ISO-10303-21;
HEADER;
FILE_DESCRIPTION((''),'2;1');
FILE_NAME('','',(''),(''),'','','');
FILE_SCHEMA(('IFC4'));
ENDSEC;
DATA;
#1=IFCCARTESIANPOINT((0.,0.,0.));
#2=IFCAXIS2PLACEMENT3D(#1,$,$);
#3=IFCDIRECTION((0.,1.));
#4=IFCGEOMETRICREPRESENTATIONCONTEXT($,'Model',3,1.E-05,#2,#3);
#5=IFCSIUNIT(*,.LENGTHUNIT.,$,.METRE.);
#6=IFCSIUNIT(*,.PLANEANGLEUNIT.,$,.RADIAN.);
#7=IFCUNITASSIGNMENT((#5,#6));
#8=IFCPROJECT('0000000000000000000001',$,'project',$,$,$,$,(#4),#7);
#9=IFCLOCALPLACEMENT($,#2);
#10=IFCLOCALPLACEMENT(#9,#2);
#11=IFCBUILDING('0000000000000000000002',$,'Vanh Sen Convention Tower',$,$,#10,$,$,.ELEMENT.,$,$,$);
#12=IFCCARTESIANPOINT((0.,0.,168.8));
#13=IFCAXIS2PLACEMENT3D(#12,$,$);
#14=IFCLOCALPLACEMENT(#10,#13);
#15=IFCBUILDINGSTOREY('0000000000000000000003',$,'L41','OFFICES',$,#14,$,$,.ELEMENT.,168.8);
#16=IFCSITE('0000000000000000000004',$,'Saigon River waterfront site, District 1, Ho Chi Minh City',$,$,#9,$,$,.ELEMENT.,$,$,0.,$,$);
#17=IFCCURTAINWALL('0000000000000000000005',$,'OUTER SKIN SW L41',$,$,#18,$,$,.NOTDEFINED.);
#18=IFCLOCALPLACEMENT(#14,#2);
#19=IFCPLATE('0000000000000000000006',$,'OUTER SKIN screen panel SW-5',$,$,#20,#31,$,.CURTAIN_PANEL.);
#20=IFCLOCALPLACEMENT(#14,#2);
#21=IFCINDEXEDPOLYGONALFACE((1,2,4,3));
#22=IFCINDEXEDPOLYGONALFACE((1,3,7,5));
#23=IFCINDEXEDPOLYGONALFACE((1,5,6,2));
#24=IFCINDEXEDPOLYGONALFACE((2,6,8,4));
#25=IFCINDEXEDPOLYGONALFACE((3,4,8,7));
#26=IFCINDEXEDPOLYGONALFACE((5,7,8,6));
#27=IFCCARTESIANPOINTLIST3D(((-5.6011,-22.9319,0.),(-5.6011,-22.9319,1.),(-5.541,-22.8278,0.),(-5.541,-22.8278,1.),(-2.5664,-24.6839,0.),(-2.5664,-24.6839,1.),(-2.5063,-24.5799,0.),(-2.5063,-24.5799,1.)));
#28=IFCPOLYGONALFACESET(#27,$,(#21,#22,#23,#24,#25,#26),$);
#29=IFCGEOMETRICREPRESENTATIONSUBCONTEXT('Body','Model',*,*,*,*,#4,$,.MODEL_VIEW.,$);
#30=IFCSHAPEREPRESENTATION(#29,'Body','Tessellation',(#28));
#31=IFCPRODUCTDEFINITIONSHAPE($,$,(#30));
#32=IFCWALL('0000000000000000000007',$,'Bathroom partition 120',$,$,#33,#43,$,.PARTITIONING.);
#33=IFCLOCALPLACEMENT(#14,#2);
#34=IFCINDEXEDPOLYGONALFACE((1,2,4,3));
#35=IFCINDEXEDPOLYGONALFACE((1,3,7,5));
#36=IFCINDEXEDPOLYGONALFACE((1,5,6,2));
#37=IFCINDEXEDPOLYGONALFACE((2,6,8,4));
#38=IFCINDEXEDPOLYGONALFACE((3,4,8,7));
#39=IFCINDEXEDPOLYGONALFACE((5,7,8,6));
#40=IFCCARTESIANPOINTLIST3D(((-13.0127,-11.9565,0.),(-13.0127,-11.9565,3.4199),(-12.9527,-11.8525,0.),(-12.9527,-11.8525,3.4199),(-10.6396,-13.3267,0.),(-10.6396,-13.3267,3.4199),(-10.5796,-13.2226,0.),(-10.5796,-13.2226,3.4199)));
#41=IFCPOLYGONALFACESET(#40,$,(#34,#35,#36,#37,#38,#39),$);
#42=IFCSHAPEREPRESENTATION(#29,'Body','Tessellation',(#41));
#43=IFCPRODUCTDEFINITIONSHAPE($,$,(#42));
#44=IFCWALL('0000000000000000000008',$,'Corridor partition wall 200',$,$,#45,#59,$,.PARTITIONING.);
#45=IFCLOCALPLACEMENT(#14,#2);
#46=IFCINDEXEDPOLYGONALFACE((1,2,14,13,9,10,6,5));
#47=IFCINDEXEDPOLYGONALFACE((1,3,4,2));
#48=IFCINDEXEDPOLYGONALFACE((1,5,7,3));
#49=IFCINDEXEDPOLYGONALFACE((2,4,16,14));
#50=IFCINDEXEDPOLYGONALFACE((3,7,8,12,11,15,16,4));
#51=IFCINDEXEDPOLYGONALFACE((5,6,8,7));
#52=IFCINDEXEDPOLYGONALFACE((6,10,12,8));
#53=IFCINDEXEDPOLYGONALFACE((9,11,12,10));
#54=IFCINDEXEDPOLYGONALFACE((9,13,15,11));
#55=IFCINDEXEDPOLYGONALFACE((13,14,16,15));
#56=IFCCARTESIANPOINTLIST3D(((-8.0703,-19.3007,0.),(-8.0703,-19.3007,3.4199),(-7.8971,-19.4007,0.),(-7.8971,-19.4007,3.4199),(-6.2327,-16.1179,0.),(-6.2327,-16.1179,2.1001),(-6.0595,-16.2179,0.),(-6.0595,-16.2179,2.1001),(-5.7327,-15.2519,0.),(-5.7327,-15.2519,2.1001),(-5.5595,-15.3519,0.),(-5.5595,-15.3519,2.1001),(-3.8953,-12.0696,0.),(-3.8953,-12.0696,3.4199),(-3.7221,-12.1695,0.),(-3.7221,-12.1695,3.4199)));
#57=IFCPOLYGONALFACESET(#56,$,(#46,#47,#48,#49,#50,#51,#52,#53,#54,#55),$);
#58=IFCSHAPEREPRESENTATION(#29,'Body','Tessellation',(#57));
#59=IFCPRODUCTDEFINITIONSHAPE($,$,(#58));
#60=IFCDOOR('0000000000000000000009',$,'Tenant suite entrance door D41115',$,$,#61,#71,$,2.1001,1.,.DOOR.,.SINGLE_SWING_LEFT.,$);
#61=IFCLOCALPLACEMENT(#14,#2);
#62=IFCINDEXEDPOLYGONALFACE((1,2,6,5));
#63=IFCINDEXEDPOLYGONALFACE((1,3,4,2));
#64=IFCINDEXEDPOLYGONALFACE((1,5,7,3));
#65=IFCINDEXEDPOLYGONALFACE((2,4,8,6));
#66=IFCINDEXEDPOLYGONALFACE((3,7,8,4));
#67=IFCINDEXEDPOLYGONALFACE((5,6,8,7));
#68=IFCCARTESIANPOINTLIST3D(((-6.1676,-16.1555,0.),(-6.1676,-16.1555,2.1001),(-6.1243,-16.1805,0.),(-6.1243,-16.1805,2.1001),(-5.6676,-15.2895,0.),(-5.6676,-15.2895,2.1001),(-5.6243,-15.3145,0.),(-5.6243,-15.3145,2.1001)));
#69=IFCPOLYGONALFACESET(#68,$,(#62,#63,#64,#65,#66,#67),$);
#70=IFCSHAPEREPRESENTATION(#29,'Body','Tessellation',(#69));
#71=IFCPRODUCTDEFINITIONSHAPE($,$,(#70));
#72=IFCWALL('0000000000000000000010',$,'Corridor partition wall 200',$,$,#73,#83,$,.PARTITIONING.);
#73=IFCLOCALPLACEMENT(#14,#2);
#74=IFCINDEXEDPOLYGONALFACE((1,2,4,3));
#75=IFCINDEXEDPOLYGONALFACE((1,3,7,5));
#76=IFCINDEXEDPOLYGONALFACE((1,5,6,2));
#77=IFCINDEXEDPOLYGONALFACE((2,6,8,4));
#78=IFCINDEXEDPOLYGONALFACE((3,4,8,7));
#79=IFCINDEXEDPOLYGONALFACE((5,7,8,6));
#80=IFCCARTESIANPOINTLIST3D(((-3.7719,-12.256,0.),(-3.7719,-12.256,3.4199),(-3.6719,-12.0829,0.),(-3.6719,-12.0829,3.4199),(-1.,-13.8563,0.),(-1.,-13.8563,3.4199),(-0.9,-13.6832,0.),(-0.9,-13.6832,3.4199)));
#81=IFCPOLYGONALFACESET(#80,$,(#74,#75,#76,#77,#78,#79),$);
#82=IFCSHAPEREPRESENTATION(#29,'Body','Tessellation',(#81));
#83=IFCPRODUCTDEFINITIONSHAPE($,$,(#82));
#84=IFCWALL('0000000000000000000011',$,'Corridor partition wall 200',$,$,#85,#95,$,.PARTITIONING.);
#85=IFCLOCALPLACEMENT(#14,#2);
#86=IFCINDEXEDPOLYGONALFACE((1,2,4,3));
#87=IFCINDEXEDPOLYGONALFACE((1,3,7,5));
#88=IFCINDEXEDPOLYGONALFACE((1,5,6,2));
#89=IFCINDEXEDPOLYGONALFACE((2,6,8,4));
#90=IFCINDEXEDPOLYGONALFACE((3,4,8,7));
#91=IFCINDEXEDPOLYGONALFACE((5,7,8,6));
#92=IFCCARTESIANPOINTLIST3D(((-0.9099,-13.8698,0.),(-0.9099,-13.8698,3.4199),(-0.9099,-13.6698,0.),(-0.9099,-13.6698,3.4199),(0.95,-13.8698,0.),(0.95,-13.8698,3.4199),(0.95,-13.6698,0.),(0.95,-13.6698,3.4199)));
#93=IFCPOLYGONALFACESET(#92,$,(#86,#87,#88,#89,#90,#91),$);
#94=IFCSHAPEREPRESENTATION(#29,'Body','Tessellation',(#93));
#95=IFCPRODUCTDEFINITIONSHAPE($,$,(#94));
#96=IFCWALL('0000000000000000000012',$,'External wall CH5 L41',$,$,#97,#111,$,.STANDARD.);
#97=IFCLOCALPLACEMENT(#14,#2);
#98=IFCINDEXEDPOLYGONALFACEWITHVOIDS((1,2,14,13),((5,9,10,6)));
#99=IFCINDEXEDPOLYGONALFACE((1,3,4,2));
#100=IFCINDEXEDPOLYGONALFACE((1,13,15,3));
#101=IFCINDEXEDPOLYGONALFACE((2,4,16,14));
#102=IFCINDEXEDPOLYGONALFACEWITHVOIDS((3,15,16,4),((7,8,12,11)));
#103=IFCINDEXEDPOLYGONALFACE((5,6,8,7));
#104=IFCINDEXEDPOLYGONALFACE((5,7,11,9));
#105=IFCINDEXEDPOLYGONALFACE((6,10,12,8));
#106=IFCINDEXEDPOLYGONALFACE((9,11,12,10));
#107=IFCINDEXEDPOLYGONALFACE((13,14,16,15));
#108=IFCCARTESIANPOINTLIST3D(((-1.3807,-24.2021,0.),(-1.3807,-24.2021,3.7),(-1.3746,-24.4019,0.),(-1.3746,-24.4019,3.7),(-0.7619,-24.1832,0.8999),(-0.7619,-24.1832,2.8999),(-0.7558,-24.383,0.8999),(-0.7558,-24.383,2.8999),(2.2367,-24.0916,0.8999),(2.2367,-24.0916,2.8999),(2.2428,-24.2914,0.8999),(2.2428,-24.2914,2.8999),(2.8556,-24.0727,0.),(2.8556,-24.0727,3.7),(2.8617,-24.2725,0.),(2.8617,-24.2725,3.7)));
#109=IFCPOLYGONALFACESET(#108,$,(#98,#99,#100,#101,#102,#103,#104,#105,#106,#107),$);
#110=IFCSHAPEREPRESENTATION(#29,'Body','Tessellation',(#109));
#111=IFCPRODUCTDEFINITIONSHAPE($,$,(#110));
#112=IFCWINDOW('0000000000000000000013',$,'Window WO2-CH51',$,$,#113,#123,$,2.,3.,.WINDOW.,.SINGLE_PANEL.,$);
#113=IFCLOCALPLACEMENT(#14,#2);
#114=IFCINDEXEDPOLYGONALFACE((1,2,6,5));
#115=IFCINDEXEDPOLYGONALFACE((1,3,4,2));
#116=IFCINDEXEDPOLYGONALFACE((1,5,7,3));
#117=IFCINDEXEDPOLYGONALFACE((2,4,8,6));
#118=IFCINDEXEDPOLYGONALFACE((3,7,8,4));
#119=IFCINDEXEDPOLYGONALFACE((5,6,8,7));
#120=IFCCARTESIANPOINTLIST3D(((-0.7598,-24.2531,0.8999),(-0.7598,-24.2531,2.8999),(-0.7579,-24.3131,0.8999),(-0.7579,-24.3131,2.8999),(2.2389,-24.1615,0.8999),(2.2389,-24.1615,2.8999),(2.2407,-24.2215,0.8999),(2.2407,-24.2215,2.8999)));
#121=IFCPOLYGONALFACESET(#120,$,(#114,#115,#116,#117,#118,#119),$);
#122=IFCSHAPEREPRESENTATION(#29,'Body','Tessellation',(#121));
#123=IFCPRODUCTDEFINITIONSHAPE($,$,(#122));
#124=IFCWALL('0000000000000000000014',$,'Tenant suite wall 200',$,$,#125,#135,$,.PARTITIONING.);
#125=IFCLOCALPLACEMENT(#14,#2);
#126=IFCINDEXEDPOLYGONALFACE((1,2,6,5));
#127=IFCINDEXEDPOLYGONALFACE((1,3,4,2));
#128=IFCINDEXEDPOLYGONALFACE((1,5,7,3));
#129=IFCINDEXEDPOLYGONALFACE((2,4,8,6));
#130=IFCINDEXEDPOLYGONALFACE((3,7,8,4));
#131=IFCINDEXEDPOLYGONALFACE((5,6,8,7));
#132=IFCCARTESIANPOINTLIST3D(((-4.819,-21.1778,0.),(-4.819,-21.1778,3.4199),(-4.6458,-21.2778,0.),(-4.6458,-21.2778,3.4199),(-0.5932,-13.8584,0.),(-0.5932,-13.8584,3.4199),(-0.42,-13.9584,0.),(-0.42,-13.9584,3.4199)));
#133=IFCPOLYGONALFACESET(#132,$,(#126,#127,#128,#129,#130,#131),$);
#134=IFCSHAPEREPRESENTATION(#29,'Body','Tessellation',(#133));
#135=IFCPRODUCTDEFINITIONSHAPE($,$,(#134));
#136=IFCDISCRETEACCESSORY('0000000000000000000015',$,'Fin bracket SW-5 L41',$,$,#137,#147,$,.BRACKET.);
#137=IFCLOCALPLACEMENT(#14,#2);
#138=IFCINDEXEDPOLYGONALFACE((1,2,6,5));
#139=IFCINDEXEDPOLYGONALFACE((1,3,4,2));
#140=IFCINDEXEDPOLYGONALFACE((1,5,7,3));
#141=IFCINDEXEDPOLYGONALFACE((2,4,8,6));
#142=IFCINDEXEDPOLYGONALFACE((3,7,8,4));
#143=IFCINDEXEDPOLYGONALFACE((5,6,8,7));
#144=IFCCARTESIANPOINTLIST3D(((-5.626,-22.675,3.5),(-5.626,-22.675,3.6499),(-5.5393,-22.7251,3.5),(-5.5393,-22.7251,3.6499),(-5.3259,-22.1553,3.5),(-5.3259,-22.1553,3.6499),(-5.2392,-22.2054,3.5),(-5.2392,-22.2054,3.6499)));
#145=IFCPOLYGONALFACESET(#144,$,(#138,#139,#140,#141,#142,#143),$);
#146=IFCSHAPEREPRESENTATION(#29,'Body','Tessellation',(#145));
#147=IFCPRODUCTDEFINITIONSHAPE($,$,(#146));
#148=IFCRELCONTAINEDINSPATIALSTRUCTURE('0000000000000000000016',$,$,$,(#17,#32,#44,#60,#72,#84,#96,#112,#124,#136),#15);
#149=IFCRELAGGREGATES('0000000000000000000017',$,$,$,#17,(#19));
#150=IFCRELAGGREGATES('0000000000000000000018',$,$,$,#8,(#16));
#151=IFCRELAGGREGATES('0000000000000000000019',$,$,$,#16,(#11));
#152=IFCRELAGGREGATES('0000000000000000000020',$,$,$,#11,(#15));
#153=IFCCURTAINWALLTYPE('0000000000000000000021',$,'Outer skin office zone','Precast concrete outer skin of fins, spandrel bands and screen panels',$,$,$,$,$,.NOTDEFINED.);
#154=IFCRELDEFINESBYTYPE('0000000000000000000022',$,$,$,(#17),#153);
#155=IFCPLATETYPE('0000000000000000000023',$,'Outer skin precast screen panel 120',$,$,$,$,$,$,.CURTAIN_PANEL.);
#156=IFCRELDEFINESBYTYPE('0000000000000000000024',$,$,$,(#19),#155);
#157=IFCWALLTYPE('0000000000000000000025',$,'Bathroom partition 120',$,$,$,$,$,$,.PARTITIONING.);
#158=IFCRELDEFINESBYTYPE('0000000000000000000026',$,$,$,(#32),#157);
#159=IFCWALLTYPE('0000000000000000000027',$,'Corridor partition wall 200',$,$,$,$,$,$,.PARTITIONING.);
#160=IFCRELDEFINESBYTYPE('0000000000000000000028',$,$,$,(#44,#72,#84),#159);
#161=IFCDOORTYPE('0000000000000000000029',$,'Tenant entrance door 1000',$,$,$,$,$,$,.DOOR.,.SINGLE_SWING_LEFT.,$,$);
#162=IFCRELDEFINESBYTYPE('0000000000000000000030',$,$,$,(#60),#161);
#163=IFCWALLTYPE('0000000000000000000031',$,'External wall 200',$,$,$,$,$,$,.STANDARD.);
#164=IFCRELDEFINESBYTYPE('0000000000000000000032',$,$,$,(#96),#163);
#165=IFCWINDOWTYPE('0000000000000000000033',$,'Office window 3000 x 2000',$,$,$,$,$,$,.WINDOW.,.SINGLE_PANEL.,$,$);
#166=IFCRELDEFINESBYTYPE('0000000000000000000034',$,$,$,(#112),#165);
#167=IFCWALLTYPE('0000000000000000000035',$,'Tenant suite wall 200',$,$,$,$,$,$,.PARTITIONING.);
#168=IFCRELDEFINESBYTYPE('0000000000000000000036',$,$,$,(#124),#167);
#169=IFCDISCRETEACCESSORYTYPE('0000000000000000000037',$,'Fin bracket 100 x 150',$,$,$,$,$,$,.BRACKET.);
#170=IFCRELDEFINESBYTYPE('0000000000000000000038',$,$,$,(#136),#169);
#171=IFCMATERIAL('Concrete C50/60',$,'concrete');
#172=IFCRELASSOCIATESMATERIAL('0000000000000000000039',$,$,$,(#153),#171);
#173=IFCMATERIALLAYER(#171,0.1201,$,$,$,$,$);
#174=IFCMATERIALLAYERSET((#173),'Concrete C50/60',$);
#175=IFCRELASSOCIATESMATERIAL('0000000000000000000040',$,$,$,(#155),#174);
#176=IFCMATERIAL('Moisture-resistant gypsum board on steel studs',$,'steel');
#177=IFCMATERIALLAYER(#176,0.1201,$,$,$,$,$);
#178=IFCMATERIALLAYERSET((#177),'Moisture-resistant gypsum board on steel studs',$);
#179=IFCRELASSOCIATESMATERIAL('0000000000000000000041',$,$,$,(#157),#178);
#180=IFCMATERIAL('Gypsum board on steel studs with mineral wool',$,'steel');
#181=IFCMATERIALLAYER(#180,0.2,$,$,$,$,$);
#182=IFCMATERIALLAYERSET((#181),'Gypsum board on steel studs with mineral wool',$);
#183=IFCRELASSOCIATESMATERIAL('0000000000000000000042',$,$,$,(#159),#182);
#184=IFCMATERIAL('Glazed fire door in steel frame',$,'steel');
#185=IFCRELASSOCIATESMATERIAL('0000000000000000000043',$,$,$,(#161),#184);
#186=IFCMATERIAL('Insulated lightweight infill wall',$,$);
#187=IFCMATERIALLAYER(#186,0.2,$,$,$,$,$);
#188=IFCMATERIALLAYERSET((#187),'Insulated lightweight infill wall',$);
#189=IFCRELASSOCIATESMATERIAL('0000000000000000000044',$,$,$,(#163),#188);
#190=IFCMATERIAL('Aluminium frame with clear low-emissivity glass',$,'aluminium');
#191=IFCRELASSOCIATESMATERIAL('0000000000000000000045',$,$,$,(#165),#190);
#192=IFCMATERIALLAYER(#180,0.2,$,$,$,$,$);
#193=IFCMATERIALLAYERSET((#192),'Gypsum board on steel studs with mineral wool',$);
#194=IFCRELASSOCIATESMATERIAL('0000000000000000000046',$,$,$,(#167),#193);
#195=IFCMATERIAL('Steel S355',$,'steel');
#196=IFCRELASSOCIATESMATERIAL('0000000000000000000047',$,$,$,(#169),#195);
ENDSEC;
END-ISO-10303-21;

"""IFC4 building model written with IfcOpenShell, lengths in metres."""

from ifc_helpers import new_model, si_unit, direction, frame, frame_2d, origin, origin_2d, place, context, subcontext, project, spatial, rectangle, extrude, material, layer, layer_set, type_object, element, fill, aggregate, save


model = new_model("IFC4")

# Units and contexts
model_context = context("Model", 3, precision=1e-05, world=origin(), true_north=direction((0.0, 1.0)))
body_context = subcontext(model_context, "Body", "Model", "MODEL_VIEW")
ifc_project = project(units=[si_unit("LENGTHUNIT", "METRE"), si_unit("PLANEANGLEUNIT", "RADIAN")], contexts=[model_context])

# Site, building, storey
site_placement = place(None, origin())
site = spatial("IfcSite", under=ifc_project, at=site_placement, Name="Saigon River waterfront site, District 1, Ho Chi Minh City", CompositionType="ELEMENT", RefElevation=0.0)
building_placement = place(site_placement, origin())
building = spatial("IfcBuilding", under=site, at=building_placement, Name="Vanh Sen Convention Tower", CompositionType="ELEMENT")
storey_placement = place(building_placement, frame((0.0, 0.0, 168.8)))
storey = spatial("IfcBuildingStorey", under=building, at=storey_placement, Name="L41", Description="OFFICES", CompositionType="ELEMENT", Elevation=168.8)

# Curtain wall
ifc_material_1 = material(Name="Concrete C50/60", Category="concrete")
curtain_wall_type = type_object("IfcCurtainWallType", Name="Outer skin office zone", Description="Precast concrete outer skin of fins, spandrel bands and screen panels", PredefinedType="NOTDEFINED", material=ifc_material_1)
curtain_wall_1_placement = place(storey_placement, origin())
curtain_wall_1 = element("IfcCurtainWall", 1, at=curtain_wall_1_placement, inside=storey, type_object=curtain_wall_type, Name="OUTER SKIN SW L41", PredefinedType="NOTDEFINED")

# Plate
ifc_layer_1 = layer(ifc_material_1, 0.1201)
ifc_layer_set_1 = layer_set([ifc_layer_1], Name="Concrete C50/60")
plate_type = type_object("IfcPlateType", Name="Outer skin precast screen panel 120", PredefinedType="CURTAIN_PANEL", material=ifc_layer_set_1)
plate_1_placement = place(storey_placement, frame((-4.0537, -23.7559, 0.0), z_axis=(0.0, 0.0, 1.0), x_axis=(0.866035, -0.499983, 0.0)))
plate_1 = element("IfcPlate", 2, at=plate_1_placement, type_object=plate_type, Name="OUTER SKIN screen panel SW-5", PredefinedType="CURTAIN_PANEL", context=body_context, shape_type="SweptSolid", body=[
    extrude(rectangle(XDim=3.5042, YDim=0.1201, at=origin_2d()), origin(), (0.0, 0.0, 1.0), 1.0),
])
aggregate(curtain_wall_1, [plate_1])

# Wall
ifc_material_2 = material(Name="Moisture-resistant gypsum board on steel studs", Category="steel")
ifc_layer_2 = layer(ifc_material_2, 0.1201)
ifc_layer_set_2 = layer_set([ifc_layer_2], Name="Moisture-resistant gypsum board on steel studs")
wall_type_1 = type_object("IfcWallType", Name="Bathroom partition 120", PredefinedType="PARTITIONING", material=ifc_layer_set_2)
wall_1_placement = place(storey_placement, frame((-10.6096, -13.2747, 0.0), z_axis=(0.0, 0.0, 1.0), x_axis=(-0.866019, 0.50001, 0.0)))
element("IfcWall", 3, at=wall_1_placement, inside=storey, type_object=wall_type_1, Name="Bathroom partition 120", PredefinedType="PARTITIONING", context=body_context, shape_type="SweptSolid", body=[
    extrude(rectangle(XDim=2.7402, YDim=0.1201, at=frame_2d((1.3701, 0.0))), origin(), (0.0, 0.0, 1.0), 3.4199),
])

# Wall, opening, door
ifc_material_3 = material(Name="Gypsum board on steel studs with mineral wool", Category="steel")
ifc_layer_3 = layer(ifc_material_3, 0.2)
ifc_layer_set_3 = layer_set([ifc_layer_3], Name="Gypsum board on steel studs with mineral wool")
wall_type_2 = type_object("IfcWallType", Name="Corridor partition wall 200", PredefinedType="PARTITIONING", material=ifc_layer_set_3)
wall_2_placement = place(storey_placement, frame((-7.9836, -19.3506, 0.0), z_axis=(0.0, 0.0, 1.0), x_axis=(0.50001, 0.86602, 0.0)))
wall_2 = element("IfcWall", 4, at=wall_2_placement, inside=storey, type_object=wall_type_2, Name="Corridor partition wall 200", PredefinedType="PARTITIONING", context=body_context, shape_type="SweptSolid", body=[
    extrude(rectangle(XDim=8.3499, YDim=0.2, at=frame_2d((4.1748, 0.0))), origin(), (0.0, 0.0, 1.0), 3.4199),
])
opening_1_placement = place(wall_2_placement, frame((3.675, 0.0, 0.0)))
opening_1 = element("IfcOpeningElement", 5, at=opening_1_placement, cuts=wall_2, PredefinedType="OPENING", context=body_context, shape_type="SweptSolid", body=[
    extrude(rectangle(XDim=1.0, YDim=2.1001, at=frame_2d((0.5, 1.05))), frame((0.0, 0.1099, 0.0), z_axis=(0.0, -1.0, 0.0), x_axis=(1.0, 0.0, 0.0)), (0.0, 0.0, 1.0), 0.22),
])
ifc_material_4 = material(Name="Glazed fire door in steel frame", Category="steel")
door_type = type_object("IfcDoorType", Name="Tenant entrance door 1000", OperationType="SINGLE_SWING_LEFT", PredefinedType="DOOR", material=ifc_material_4)
door_placement = place(opening_1_placement, origin())
door = element("IfcDoor", 6, at=door_placement, inside=storey, type_object=door_type, Name="Tenant suite entrance door D41115", OperationType="SINGLE_SWING_LEFT", OverallHeight=2.1001, OverallWidth=1.0, PredefinedType="DOOR", context=body_context, shape_type="SweptSolid", body=[
    extrude(rectangle(XDim=1.0, YDim=2.1001, at=frame_2d((0.5, 1.05))), frame((0.0, 0.0249, 0.0), z_axis=(0.0, -1.0, 0.0), x_axis=(1.0, 0.0, 0.0)), (0.0, 0.0, 1.0), 0.05),
])
fill(opening_1, door)

# Walls
wall_3_placement = place(storey_placement, frame((-3.7219, -12.1694, 0.0), z_axis=(0.0, 0.0, 1.0), x_axis=(0.866033, -0.499987, 0.0)))
element("IfcWall", 7, at=wall_3_placement, inside=storey, type_object=wall_type_2, Name="Corridor partition wall 200", PredefinedType="PARTITIONING", context=body_context, shape_type="SweptSolid", body=[
    extrude(rectangle(XDim=3.2007, YDim=0.2, at=frame_2d((1.6003, 0.0))), origin(), (0.0, 0.0, 1.0), 3.4199),
])
wall_4_placement = place(storey_placement, frame((-0.9099, -13.7698, 0.0), z_axis=(0.0, 0.0, 1.0), x_axis=(1.0, 0.0, 0.0)))
element("IfcWall", 8, at=wall_4_placement, inside=storey, type_object=wall_type_2, Name="Corridor partition wall 200", PredefinedType="PARTITIONING", context=body_context, shape_type="SweptSolid", body=[
    extrude(rectangle(XDim=1.8599, YDim=0.2, at=frame_2d((0.9299, 0.0))), origin(), (0.0, 0.0, 1.0), 3.4199),
])

# Wall, opening, window
ifc_material_5 = material(Name="Insulated lightweight infill wall")
ifc_layer_4 = layer(ifc_material_5, 0.2)
ifc_layer_set_4 = layer_set([ifc_layer_4], Name="Insulated lightweight infill wall")
wall_type_3 = type_object("IfcWallType", Name="External wall 200", PredefinedType="STANDARD", material=ifc_layer_set_4)
wall_5_placement = place(storey_placement, frame((-1.3777, -24.302, 0.0), z_axis=(0.0, 0.0, 1.0), x_axis=(0.999534, 0.03053, 0.0)))
wall_5 = element("IfcWall", 9, at=wall_5_placement, inside=storey, type_object=wall_type_3, Name="External wall CH5 L41", PredefinedType="STANDARD", context=body_context, shape_type="SweptSolid", body=[
    extrude(rectangle(XDim=4.2383, YDim=0.2, at=frame_2d((2.1191, 0.0))), origin(), (0.0, 0.0, 1.0), 3.7),
])
opening_2_placement = place(wall_5_placement, frame((0.6191, 0.0, 0.8999)))
opening_2 = element("IfcOpeningElement", 10, at=opening_2_placement, cuts=wall_5, PredefinedType="OPENING", context=body_context, shape_type="SweptSolid", body=[
    extrude(rectangle(XDim=3.0, YDim=2.0, at=frame_2d((1.5, 1.0))), frame((0.0, 0.1099, 0.0), z_axis=(0.0, -1.0, 0.0), x_axis=(1.0, 0.0, 0.0)), (0.0, 0.0, 1.0), 0.22),
])
ifc_material_6 = material(Name="Aluminium frame with clear low-emissivity glass", Category="aluminium")
window_type = type_object("IfcWindowType", Name="Office window 3000 x 2000", PartitioningType="SINGLE_PANEL", PredefinedType="WINDOW", material=ifc_material_6)
window_placement = place(opening_2_placement, origin())
window = element("IfcWindow", 11, at=window_placement, inside=storey, type_object=window_type, Name="Window WO2-CH51", OverallHeight=2.0, OverallWidth=3.0, PartitioningType="SINGLE_PANEL", PredefinedType="WINDOW", context=body_context, shape_type="SweptSolid", body=[
    extrude(rectangle(XDim=3.0, YDim=2.0, at=frame_2d((1.5, 1.0))), frame((0.0, 0.03, 0.0), z_axis=(0.0, -1.0, 0.0), x_axis=(1.0, 0.0, 0.0)), (0.0, 0.0, 1.0), 0.0601),
])
fill(opening_2, window)

# Wall
ifc_layer_5 = layer(ifc_material_3, 0.2)
ifc_layer_set_5 = layer_set([ifc_layer_5], Name="Gypsum board on steel studs with mineral wool")
wall_type_4 = type_object("IfcWallType", Name="Tenant suite wall 200", PredefinedType="PARTITIONING", material=ifc_layer_set_5)
wall_6_placement = place(storey_placement, frame((-4.7324, -21.2278, 0.0), z_axis=(0.0, 0.0, 1.0), x_axis=(0.500001, 0.866025, 0.0)))
element("IfcWall", 12, at=wall_6_placement, inside=storey, type_object=wall_type_4, Name="Tenant suite wall 200", PredefinedType="PARTITIONING", context=body_context, shape_type="SweptSolid", body=[
    extrude(rectangle(XDim=8.4517, YDim=0.2, at=frame_2d((4.2258, 0.0))), origin(), (0.0, 0.0, 1.0), 3.4199),
])

# Discrete accessory
ifc_material_7 = material(Name="Steel S355", Category="steel")
discrete_accessory_type = type_object("IfcDiscreteAccessoryType", Name="Fin bracket 100 x 150", PredefinedType="BRACKET", material=ifc_material_7)
discrete_accessory_placement = place(storey_placement, frame((-5.4326, -22.4402, 3.5), z_axis=(0.0, 0.0, 1.0), x_axis=(-0.5, -0.866025, 0.0)))
element("IfcDiscreteAccessory", 13, at=discrete_accessory_placement, inside=storey, type_object=discrete_accessory_type, Name="Fin bracket SW-5 L41", PredefinedType="BRACKET", context=body_context, shape_type="SweptSolid", body=[
    extrude(rectangle(XDim=0.6001, YDim=0.1001, at=origin_2d()), origin(), (0.0, 0.0, 1.0), 0.1499),
])

save(model, "model.ifc")
